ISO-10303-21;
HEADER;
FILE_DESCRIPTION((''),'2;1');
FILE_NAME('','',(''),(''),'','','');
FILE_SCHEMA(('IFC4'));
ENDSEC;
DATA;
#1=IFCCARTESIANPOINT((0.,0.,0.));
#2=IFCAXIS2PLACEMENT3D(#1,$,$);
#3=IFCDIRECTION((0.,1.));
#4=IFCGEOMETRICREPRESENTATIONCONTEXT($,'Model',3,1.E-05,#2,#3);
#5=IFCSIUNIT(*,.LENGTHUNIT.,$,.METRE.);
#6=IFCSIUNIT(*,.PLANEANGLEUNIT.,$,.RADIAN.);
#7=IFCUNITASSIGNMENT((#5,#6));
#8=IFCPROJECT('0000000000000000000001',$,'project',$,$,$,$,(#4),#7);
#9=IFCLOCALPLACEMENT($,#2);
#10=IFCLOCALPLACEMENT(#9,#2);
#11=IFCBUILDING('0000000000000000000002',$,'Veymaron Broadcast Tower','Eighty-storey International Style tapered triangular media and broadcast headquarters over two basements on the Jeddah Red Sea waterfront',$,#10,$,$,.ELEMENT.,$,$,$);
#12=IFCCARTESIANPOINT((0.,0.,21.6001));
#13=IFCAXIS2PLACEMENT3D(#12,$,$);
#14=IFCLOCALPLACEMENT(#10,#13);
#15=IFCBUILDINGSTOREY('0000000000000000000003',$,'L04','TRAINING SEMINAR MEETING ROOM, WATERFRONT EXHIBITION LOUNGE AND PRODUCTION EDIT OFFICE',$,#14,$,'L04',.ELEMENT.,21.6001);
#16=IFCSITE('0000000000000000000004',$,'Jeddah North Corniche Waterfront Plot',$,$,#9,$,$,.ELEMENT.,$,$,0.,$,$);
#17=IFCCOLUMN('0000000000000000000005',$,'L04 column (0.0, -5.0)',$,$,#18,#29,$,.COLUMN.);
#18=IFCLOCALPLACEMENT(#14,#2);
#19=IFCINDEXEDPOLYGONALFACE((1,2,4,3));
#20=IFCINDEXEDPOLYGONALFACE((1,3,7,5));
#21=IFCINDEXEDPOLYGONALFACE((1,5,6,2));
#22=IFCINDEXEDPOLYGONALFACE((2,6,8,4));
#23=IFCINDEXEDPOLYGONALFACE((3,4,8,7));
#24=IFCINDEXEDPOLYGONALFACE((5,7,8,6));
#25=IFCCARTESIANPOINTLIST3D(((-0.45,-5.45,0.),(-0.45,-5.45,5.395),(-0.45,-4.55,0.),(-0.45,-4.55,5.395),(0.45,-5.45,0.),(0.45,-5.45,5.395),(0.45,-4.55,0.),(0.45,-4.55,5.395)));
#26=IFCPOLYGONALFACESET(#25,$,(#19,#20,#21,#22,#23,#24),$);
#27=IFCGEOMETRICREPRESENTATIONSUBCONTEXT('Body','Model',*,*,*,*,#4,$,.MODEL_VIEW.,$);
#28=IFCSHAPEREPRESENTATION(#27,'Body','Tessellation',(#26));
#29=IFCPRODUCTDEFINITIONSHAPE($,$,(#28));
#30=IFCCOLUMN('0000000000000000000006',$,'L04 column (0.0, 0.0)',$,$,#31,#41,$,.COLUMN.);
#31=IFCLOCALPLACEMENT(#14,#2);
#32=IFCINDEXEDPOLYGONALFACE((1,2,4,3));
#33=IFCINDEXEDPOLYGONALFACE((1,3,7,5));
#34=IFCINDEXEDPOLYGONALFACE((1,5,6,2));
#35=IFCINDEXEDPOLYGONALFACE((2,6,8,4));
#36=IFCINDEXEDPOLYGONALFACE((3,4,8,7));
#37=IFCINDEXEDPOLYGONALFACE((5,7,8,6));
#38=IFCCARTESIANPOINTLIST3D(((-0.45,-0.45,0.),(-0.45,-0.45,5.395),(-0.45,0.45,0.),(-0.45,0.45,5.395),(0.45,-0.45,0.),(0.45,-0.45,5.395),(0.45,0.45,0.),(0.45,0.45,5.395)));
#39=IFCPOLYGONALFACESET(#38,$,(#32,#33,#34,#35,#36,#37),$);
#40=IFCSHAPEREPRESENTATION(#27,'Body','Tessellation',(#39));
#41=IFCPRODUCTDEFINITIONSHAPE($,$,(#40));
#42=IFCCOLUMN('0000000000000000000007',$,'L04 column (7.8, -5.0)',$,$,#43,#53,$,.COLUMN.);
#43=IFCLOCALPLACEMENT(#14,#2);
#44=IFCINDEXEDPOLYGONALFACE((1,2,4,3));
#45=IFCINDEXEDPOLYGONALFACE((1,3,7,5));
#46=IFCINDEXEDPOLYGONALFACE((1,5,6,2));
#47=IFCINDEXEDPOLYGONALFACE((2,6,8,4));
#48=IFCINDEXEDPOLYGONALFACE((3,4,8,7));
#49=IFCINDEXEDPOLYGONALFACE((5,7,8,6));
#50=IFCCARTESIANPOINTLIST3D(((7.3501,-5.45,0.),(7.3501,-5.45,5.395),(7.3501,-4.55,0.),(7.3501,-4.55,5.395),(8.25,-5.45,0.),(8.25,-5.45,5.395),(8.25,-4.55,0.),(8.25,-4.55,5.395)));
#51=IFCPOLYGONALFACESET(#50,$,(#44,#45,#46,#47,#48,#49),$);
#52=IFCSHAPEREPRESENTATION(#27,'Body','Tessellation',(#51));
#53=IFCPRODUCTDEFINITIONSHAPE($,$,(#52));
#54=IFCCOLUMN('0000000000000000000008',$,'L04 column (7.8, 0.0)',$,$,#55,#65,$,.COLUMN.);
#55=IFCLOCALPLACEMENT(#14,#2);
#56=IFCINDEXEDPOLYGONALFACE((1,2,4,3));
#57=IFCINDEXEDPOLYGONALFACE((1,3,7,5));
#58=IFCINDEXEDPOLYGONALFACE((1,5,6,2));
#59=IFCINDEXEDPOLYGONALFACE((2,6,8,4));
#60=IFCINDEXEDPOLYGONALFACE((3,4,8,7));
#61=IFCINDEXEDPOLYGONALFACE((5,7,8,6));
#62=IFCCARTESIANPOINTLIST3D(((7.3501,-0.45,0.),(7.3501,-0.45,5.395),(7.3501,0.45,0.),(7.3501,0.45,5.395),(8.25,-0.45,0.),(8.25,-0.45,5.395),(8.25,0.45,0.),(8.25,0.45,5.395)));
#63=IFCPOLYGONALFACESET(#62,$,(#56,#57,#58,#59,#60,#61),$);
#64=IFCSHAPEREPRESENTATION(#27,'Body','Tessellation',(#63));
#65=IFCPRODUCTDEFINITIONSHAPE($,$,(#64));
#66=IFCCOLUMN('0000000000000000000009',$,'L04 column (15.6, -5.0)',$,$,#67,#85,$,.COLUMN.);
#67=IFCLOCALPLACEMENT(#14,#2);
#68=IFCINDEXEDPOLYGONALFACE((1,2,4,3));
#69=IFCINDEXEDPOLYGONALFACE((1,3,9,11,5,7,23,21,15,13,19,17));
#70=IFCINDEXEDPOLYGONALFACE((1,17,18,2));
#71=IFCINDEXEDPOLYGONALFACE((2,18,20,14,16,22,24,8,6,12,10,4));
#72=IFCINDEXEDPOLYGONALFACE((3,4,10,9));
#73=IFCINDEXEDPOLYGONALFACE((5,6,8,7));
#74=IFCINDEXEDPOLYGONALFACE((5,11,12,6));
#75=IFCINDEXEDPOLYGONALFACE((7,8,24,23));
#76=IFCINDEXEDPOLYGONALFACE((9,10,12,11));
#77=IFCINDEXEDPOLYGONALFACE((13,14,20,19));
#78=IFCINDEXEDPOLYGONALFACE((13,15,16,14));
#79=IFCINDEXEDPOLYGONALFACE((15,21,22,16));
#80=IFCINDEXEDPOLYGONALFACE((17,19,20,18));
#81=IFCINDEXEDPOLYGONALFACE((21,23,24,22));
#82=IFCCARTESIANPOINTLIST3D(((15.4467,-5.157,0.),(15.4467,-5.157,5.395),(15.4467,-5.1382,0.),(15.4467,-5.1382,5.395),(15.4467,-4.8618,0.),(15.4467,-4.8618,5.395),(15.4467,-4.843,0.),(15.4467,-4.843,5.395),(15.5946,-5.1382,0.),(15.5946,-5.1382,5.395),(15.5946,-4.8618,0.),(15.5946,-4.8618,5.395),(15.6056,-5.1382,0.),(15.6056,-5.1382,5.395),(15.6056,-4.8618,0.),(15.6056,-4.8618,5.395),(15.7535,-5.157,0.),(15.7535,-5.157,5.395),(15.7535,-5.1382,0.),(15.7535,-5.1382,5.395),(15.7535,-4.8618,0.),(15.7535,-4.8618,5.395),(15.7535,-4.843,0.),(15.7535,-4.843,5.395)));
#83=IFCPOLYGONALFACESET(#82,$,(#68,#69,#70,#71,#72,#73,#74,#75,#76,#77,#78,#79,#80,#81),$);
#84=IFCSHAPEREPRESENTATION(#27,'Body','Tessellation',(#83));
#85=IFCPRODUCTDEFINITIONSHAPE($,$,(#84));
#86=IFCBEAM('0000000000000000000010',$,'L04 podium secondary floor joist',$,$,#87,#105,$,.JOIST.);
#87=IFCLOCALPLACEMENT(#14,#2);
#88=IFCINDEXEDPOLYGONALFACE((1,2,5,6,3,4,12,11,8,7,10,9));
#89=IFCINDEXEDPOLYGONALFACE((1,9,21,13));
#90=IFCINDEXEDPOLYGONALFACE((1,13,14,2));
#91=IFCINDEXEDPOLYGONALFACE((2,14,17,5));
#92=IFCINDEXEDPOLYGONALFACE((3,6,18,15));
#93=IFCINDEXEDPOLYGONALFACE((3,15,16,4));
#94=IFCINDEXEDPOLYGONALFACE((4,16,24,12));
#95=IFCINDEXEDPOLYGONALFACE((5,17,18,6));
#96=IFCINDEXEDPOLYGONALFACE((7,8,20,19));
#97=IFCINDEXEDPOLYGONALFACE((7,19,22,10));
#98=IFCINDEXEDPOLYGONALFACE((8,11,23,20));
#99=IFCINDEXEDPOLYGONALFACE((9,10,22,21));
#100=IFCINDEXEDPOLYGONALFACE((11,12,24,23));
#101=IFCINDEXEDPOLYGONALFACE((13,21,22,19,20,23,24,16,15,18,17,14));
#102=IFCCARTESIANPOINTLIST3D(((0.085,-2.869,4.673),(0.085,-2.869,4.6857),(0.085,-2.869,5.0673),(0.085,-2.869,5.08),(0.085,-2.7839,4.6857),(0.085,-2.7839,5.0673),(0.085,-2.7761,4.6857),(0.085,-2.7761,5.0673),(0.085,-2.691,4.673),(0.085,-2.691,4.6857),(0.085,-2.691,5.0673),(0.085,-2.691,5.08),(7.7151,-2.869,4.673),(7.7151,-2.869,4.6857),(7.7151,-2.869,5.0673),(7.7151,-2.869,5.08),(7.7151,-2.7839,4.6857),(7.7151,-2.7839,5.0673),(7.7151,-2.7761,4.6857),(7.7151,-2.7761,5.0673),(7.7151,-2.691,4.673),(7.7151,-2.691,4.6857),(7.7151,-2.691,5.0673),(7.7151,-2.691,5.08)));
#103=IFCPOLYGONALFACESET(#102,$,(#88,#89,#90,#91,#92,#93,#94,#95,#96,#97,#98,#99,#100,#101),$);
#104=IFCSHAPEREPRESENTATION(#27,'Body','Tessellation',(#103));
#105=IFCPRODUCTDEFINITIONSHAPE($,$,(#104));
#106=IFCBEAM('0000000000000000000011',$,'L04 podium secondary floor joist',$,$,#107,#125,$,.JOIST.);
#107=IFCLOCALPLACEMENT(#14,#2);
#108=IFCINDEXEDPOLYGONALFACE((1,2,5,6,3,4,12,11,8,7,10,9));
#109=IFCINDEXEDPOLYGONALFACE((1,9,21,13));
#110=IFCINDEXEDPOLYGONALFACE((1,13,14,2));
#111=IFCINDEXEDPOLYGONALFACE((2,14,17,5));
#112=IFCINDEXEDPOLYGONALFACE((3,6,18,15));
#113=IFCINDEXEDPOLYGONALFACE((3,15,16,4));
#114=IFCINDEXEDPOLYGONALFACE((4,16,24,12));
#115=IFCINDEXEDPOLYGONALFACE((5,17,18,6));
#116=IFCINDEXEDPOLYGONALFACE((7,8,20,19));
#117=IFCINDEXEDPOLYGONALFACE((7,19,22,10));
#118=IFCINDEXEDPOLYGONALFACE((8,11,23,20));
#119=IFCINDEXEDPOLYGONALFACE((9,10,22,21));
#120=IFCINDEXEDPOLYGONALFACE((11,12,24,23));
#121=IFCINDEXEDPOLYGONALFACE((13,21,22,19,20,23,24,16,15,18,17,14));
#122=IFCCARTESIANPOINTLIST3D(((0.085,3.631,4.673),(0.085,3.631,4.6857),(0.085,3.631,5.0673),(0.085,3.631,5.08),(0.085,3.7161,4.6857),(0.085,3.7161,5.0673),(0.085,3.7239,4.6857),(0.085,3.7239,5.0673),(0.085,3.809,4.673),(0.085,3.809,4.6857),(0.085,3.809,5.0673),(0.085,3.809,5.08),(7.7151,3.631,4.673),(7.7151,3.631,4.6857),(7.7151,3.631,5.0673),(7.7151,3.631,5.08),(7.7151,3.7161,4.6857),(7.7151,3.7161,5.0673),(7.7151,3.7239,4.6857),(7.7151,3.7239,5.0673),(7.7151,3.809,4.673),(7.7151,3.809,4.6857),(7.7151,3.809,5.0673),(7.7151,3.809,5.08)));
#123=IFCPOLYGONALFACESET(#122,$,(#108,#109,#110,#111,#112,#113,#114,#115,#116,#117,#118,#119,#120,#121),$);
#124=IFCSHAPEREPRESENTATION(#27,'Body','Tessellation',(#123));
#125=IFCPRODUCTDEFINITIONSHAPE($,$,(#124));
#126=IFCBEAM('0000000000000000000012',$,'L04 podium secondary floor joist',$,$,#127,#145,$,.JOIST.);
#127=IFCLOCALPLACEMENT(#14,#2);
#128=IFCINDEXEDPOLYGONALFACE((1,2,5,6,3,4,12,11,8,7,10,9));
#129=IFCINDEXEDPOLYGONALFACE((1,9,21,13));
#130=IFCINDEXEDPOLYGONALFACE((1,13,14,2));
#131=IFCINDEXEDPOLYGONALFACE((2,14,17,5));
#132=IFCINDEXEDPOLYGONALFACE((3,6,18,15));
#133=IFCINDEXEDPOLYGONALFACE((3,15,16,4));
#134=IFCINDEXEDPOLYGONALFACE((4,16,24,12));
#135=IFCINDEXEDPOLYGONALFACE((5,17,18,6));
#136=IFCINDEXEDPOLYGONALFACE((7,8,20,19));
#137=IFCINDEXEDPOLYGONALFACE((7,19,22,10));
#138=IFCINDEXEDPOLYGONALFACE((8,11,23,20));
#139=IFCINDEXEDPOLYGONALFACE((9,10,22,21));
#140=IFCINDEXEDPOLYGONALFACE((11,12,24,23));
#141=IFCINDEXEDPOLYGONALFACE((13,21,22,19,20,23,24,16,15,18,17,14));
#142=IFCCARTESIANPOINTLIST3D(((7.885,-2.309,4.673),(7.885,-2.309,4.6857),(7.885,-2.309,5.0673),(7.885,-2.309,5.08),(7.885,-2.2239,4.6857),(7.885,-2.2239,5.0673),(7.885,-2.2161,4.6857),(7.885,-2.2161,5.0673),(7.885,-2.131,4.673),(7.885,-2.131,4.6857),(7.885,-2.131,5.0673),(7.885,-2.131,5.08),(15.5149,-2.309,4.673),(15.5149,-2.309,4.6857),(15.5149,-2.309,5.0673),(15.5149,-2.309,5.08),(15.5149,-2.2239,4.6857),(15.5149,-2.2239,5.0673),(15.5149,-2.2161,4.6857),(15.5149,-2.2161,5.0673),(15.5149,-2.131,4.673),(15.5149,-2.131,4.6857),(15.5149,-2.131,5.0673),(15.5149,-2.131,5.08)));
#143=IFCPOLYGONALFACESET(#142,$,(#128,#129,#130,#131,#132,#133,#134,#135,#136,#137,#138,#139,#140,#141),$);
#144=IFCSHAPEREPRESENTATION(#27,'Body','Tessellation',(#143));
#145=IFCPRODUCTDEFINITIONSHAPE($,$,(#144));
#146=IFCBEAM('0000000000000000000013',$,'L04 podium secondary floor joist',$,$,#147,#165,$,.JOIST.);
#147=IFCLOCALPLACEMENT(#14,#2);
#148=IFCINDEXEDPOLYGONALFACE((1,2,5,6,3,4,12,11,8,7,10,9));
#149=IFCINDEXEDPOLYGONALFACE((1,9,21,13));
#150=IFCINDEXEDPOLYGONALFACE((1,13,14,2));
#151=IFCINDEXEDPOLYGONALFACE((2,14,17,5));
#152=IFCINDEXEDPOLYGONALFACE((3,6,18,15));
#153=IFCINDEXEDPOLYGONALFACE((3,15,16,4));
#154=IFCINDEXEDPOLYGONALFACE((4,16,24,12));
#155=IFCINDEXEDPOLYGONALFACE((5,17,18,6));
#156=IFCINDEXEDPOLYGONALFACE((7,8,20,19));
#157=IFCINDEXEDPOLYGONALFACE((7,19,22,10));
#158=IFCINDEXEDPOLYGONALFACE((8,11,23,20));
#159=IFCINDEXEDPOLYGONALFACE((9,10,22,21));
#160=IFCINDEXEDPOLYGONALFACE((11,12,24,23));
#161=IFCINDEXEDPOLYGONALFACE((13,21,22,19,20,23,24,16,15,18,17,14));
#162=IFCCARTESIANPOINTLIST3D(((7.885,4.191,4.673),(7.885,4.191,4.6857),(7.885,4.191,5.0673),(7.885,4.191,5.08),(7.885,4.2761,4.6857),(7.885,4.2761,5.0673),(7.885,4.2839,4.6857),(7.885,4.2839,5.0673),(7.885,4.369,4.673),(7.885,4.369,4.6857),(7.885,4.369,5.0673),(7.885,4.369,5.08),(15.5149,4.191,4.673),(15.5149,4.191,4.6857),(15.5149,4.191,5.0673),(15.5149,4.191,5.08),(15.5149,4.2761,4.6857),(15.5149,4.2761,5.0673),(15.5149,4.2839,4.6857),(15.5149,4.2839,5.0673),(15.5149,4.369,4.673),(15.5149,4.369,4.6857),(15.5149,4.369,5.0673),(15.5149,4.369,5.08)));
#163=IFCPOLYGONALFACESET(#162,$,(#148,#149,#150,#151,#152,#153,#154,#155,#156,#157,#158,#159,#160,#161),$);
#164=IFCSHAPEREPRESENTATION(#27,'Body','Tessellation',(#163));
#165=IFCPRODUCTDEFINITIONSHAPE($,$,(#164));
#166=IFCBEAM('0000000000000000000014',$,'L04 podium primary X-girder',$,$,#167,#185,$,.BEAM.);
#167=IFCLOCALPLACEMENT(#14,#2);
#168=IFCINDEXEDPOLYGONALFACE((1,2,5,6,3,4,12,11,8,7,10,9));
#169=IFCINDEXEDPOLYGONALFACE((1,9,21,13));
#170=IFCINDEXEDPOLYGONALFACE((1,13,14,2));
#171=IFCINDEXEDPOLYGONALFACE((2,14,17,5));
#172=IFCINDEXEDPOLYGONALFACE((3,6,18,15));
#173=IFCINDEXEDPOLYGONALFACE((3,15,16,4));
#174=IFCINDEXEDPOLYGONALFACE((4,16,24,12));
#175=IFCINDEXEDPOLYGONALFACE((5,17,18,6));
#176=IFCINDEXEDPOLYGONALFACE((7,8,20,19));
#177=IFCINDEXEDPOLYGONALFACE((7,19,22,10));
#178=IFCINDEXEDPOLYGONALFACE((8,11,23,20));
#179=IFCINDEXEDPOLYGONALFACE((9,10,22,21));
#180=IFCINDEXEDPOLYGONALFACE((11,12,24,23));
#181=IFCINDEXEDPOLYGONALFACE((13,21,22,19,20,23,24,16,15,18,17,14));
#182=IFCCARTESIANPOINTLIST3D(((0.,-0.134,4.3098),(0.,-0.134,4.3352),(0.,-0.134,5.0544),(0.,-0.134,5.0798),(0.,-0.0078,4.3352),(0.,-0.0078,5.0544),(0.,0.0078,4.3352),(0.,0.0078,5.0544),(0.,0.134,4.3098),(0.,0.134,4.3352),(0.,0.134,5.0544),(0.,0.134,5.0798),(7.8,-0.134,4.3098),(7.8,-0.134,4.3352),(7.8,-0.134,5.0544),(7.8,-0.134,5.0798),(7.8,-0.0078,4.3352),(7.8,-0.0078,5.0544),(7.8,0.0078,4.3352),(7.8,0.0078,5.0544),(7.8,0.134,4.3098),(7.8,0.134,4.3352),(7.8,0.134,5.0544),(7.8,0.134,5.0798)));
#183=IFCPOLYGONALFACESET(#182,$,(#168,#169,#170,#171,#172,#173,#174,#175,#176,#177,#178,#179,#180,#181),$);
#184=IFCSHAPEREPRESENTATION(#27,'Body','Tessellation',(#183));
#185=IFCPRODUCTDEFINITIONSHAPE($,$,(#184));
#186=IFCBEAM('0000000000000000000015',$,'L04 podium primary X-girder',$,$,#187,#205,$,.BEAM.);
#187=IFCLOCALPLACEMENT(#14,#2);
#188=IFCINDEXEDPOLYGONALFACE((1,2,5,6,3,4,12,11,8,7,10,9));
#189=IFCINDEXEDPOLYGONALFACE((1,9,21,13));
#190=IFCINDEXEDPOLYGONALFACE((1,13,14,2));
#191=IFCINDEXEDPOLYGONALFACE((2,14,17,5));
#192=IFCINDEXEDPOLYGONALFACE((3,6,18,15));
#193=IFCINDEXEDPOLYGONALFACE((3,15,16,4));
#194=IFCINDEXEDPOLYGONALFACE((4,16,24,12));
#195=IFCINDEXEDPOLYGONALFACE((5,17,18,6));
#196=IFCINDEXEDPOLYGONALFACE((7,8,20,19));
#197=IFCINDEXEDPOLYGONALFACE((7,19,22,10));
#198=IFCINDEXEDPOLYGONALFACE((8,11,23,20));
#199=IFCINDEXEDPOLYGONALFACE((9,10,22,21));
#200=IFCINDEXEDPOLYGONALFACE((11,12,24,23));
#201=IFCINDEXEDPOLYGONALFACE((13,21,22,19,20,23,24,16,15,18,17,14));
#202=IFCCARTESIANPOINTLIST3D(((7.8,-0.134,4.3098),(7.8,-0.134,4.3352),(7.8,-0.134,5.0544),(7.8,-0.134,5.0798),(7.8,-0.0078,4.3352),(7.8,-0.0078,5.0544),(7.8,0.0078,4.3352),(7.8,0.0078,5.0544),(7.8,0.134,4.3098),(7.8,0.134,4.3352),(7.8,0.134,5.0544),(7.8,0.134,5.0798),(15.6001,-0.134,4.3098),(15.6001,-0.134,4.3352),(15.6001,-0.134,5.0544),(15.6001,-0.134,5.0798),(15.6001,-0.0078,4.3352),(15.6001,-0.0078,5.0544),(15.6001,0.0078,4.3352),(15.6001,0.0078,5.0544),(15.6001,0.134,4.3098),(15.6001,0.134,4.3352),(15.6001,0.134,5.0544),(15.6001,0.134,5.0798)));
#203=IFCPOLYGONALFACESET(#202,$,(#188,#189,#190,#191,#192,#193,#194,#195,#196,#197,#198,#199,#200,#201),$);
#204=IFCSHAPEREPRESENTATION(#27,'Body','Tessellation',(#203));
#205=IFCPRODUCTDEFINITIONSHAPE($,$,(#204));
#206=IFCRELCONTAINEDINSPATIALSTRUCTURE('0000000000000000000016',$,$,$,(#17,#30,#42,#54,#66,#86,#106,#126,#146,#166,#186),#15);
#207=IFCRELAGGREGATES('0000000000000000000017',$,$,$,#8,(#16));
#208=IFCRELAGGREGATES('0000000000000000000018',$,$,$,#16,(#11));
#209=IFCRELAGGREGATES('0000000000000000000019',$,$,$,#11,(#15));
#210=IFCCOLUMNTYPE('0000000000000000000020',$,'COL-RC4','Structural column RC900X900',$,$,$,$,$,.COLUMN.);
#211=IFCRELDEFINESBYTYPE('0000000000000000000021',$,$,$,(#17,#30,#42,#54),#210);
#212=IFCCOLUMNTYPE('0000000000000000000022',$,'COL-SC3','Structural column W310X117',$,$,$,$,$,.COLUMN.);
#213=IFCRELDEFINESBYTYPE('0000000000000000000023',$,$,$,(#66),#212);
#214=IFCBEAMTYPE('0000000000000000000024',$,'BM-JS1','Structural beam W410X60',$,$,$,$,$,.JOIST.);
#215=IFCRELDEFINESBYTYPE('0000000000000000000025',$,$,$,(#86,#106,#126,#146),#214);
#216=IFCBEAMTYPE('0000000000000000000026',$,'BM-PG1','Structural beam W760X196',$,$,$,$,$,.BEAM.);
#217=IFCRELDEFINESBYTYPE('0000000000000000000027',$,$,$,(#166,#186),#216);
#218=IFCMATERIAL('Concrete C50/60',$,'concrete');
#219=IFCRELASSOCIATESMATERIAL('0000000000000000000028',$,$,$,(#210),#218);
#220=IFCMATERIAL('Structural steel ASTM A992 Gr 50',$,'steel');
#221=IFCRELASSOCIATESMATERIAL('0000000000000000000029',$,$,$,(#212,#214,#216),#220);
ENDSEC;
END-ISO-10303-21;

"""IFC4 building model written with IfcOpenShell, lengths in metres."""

from ifc_helpers import new_model, si_unit, direction, frame, origin, origin_2d, place, context, subcontext, project, spatial, rectangle, i_section, extrude, material, material_profile, profile_set, type_object, element, save


model = new_model("IFC4")

# Units and contexts
model_context = context("Model", 3, precision=1e-05, world=origin(), true_north=direction((0.0, 1.0)))
body_context = subcontext(model_context, "Body", "Model", "MODEL_VIEW")
ifc_project = project(units=[si_unit("LENGTHUNIT", "METRE"), si_unit("PLANEANGLEUNIT", "RADIAN")], contexts=[model_context])

# Site, building, storey
site_placement = place(None, origin())
site = spatial("IfcSite", under=ifc_project, at=site_placement, Name="Jeddah North Corniche Waterfront Plot", CompositionType="ELEMENT", RefElevation=0.0)
building_placement = place(site_placement, origin())
building = spatial("IfcBuilding", under=site, at=building_placement, Name="Veymaron Broadcast Tower", Description="Eighty-storey International Style tapered triangular media and broadcast headquarters over two basements on the Jeddah Red Sea waterfront", CompositionType="ELEMENT")
storey_placement = place(building_placement, frame((0.0, 0.0, 21.6001)))
storey = spatial("IfcBuildingStorey", under=building, at=storey_placement, Name="L04", Description="TRAINING SEMINAR MEETING ROOM, WATERFRONT EXHIBITION LOUNGE AND PRODUCTION EDIT OFFICE", LongName="L04", CompositionType="ELEMENT", Elevation=21.6001)

# Columns
ifc_material_1 = material(Name="Concrete C50/60", Category="concrete")
ifc_material_profile_1 = material_profile(ifc_material_1, rectangle(XDim=0.8999, YDim=0.8999, at=origin_2d()), Name="RC900X900")
ifc_profile_set_1 = profile_set([ifc_material_profile_1], Name="Concrete C50/60")
column_type_1 = type_object("IfcColumnType", Name="COL-RC4", Description="Structural column RC900X900", PredefinedType="COLUMN", material=ifc_profile_set_1)
for number, where, z_axis, x_axis, name in (
    (1, (0.0, -5.0, 0.0), (0.0, 0.0, 1.0), (1.0, 0.0, 0.0), "L04 column (0.0, -5.0)"),
    (2, (0.0, 0.0, 0.0), (0.0, 0.0, 1.0), (1.0, 0.0, 0.0), "L04 column (0.0, 0.0)"),
    (3, (7.8, -5.0, 0.0), (0.0, 0.0, 1.0), (1.0, 0.0, 0.0), "L04 column (7.8, -5.0)"),
    (4, (7.8, 0.0, 0.0), (0.0, 0.0, 1.0), (1.0, 0.0, 0.0), "L04 column (7.8, 0.0)"),
):
    element("IfcColumn", number, at=place(storey_placement, frame(where, z_axis=z_axis, x_axis=x_axis)), inside=storey, type_object=column_type_1, Name=name, PredefinedType="COLUMN", context=body_context, shape_type="SweptSolid", body=[
        extrude(rectangle(XDim=0.8999, YDim=0.8999, at=origin_2d()), origin(), (0.0, 0.0, 1.0), 5.395),
    ])
ifc_material_2 = material(Name="Structural steel ASTM A992 Gr 50", Category="steel")
ifc_material_profile_2 = material_profile(ifc_material_2, i_section(OverallWidth=0.3069, OverallDepth=0.314, WebThickness=0.011, FlangeThickness=0.0188, at=origin_2d()), Name="W310X117")
ifc_profile_set_2 = profile_set([ifc_material_profile_2], Name="Structural steel ASTM A992 Gr 50")
column_type_2 = type_object("IfcColumnType", Name="COL-SC3", Description="Structural column W310X117", PredefinedType="COLUMN", material=ifc_profile_set_2)
column_placement = place(storey_placement, frame((15.6001, -5.0, 0.0), z_axis=(0.0, 0.0, 1.0), x_axis=(1.0, 0.0, 0.0)))
element("IfcColumn", 5, at=column_placement, inside=storey, type_object=column_type_2, Name="L04 column (15.6, -5.0)", PredefinedType="COLUMN", context=body_context, shape_type="SweptSolid", body=[
    extrude(i_section(OverallWidth=0.3069, OverallDepth=0.314, WebThickness=0.011, FlangeThickness=0.0188, at=origin_2d()), origin(), (0.0, 0.0, 1.0), 5.395),
])

# Beams
ifc_material_profile_3 = material_profile(ifc_material_2, i_section(OverallWidth=0.178, OverallDepth=0.407, WebThickness=0.0078, FlangeThickness=0.0127, at=origin_2d()), Name="W410X60")
ifc_profile_set_3 = profile_set([ifc_material_profile_3], Name="Structural steel ASTM A992 Gr 50")
beam_type_1 = type_object("IfcBeamType", Name="BM-JS1", Description="Structural beam W410X60", PredefinedType="JOIST", material=ifc_profile_set_3)
for number, where, z_axis, x_axis, name in (
    (6, (0.085, -2.78, 4.8765), (1.0, 0.0, 0.0), (0.0, 1.0, 0.0), "L04 podium secondary floor joist"),
    (7, (0.085, 3.72, 4.8765), (1.0, 0.0, 0.0), (0.0, 1.0, 0.0), "L04 podium secondary floor joist"),
):
    element("IfcBeam", number, at=place(storey_placement, frame(where, z_axis=z_axis, x_axis=x_axis)), inside=storey, type_object=beam_type_1, Name=name, PredefinedType="JOIST", context=body_context, shape_type="SweptSolid", body=[
        extrude(i_section(OverallWidth=0.178, OverallDepth=0.407, WebThickness=0.0078, FlangeThickness=0.0127, at=origin_2d()), origin(), (0.0, 0.0, 1.0), 7.6301),
    ])
for number, where, z_axis, x_axis, name in (
    (8, (7.885, -2.22, 4.8765), (1.0, 0.0, 0.0), (0.0, 1.0, 0.0), "L04 podium secondary floor joist"),
    (9, (7.885, 4.28, 4.8765), (1.0, 0.0, 0.0), (0.0, 1.0, 0.0), "L04 podium secondary floor joist"),
):
    element("IfcBeam", number, at=place(storey_placement, frame(where, z_axis=z_axis, x_axis=x_axis)), inside=storey, type_object=beam_type_1, Name=name, PredefinedType="JOIST", context=body_context, shape_type="SweptSolid", body=[
        extrude(i_section(OverallWidth=0.178, OverallDepth=0.407, WebThickness=0.0078, FlangeThickness=0.0127, at=origin_2d()), origin(), (0.0, 0.0, 1.0), 7.6299),
    ])
ifc_material_profile_4 = material_profile(ifc_material_2, i_section(OverallWidth=0.2681, OverallDepth=0.77, WebThickness=0.0156, FlangeThickness=0.0254, at=origin_2d()), Name="W760X196")
ifc_profile_set_4 = profile_set([ifc_material_profile_4], Name="Structural steel ASTM A992 Gr 50")
beam_type_2 = type_object("IfcBeamType", Name="BM-PG1", Description="Structural beam W760X196", PredefinedType="BEAM", material=ifc_profile_set_4)
for number, where, z_axis, x_axis, name in (
    (10, (0.0, 0.0, 4.6948), (1.0, 0.0, 0.0), (0.0, 1.0, 0.0), "L04 podium primary X-girder"),
    (11, (7.8, 0.0, 4.6948), (1.0, 0.0, 0.0), (0.0, 1.0, 0.0), "L04 podium primary X-girder"),
):
    element("IfcBeam", number, at=place(storey_placement, frame(where, z_axis=z_axis, x_axis=x_axis)), inside=storey, type_object=beam_type_2, Name=name, PredefinedType="BEAM", context=body_context, shape_type="SweptSolid", body=[
        extrude(i_section(OverallWidth=0.2681, OverallDepth=0.77, WebThickness=0.0156, FlangeThickness=0.0254, at=origin_2d()), origin(), (0.0, 0.0, 1.0), 7.8),
    ])

save(model, "model.ifc")
